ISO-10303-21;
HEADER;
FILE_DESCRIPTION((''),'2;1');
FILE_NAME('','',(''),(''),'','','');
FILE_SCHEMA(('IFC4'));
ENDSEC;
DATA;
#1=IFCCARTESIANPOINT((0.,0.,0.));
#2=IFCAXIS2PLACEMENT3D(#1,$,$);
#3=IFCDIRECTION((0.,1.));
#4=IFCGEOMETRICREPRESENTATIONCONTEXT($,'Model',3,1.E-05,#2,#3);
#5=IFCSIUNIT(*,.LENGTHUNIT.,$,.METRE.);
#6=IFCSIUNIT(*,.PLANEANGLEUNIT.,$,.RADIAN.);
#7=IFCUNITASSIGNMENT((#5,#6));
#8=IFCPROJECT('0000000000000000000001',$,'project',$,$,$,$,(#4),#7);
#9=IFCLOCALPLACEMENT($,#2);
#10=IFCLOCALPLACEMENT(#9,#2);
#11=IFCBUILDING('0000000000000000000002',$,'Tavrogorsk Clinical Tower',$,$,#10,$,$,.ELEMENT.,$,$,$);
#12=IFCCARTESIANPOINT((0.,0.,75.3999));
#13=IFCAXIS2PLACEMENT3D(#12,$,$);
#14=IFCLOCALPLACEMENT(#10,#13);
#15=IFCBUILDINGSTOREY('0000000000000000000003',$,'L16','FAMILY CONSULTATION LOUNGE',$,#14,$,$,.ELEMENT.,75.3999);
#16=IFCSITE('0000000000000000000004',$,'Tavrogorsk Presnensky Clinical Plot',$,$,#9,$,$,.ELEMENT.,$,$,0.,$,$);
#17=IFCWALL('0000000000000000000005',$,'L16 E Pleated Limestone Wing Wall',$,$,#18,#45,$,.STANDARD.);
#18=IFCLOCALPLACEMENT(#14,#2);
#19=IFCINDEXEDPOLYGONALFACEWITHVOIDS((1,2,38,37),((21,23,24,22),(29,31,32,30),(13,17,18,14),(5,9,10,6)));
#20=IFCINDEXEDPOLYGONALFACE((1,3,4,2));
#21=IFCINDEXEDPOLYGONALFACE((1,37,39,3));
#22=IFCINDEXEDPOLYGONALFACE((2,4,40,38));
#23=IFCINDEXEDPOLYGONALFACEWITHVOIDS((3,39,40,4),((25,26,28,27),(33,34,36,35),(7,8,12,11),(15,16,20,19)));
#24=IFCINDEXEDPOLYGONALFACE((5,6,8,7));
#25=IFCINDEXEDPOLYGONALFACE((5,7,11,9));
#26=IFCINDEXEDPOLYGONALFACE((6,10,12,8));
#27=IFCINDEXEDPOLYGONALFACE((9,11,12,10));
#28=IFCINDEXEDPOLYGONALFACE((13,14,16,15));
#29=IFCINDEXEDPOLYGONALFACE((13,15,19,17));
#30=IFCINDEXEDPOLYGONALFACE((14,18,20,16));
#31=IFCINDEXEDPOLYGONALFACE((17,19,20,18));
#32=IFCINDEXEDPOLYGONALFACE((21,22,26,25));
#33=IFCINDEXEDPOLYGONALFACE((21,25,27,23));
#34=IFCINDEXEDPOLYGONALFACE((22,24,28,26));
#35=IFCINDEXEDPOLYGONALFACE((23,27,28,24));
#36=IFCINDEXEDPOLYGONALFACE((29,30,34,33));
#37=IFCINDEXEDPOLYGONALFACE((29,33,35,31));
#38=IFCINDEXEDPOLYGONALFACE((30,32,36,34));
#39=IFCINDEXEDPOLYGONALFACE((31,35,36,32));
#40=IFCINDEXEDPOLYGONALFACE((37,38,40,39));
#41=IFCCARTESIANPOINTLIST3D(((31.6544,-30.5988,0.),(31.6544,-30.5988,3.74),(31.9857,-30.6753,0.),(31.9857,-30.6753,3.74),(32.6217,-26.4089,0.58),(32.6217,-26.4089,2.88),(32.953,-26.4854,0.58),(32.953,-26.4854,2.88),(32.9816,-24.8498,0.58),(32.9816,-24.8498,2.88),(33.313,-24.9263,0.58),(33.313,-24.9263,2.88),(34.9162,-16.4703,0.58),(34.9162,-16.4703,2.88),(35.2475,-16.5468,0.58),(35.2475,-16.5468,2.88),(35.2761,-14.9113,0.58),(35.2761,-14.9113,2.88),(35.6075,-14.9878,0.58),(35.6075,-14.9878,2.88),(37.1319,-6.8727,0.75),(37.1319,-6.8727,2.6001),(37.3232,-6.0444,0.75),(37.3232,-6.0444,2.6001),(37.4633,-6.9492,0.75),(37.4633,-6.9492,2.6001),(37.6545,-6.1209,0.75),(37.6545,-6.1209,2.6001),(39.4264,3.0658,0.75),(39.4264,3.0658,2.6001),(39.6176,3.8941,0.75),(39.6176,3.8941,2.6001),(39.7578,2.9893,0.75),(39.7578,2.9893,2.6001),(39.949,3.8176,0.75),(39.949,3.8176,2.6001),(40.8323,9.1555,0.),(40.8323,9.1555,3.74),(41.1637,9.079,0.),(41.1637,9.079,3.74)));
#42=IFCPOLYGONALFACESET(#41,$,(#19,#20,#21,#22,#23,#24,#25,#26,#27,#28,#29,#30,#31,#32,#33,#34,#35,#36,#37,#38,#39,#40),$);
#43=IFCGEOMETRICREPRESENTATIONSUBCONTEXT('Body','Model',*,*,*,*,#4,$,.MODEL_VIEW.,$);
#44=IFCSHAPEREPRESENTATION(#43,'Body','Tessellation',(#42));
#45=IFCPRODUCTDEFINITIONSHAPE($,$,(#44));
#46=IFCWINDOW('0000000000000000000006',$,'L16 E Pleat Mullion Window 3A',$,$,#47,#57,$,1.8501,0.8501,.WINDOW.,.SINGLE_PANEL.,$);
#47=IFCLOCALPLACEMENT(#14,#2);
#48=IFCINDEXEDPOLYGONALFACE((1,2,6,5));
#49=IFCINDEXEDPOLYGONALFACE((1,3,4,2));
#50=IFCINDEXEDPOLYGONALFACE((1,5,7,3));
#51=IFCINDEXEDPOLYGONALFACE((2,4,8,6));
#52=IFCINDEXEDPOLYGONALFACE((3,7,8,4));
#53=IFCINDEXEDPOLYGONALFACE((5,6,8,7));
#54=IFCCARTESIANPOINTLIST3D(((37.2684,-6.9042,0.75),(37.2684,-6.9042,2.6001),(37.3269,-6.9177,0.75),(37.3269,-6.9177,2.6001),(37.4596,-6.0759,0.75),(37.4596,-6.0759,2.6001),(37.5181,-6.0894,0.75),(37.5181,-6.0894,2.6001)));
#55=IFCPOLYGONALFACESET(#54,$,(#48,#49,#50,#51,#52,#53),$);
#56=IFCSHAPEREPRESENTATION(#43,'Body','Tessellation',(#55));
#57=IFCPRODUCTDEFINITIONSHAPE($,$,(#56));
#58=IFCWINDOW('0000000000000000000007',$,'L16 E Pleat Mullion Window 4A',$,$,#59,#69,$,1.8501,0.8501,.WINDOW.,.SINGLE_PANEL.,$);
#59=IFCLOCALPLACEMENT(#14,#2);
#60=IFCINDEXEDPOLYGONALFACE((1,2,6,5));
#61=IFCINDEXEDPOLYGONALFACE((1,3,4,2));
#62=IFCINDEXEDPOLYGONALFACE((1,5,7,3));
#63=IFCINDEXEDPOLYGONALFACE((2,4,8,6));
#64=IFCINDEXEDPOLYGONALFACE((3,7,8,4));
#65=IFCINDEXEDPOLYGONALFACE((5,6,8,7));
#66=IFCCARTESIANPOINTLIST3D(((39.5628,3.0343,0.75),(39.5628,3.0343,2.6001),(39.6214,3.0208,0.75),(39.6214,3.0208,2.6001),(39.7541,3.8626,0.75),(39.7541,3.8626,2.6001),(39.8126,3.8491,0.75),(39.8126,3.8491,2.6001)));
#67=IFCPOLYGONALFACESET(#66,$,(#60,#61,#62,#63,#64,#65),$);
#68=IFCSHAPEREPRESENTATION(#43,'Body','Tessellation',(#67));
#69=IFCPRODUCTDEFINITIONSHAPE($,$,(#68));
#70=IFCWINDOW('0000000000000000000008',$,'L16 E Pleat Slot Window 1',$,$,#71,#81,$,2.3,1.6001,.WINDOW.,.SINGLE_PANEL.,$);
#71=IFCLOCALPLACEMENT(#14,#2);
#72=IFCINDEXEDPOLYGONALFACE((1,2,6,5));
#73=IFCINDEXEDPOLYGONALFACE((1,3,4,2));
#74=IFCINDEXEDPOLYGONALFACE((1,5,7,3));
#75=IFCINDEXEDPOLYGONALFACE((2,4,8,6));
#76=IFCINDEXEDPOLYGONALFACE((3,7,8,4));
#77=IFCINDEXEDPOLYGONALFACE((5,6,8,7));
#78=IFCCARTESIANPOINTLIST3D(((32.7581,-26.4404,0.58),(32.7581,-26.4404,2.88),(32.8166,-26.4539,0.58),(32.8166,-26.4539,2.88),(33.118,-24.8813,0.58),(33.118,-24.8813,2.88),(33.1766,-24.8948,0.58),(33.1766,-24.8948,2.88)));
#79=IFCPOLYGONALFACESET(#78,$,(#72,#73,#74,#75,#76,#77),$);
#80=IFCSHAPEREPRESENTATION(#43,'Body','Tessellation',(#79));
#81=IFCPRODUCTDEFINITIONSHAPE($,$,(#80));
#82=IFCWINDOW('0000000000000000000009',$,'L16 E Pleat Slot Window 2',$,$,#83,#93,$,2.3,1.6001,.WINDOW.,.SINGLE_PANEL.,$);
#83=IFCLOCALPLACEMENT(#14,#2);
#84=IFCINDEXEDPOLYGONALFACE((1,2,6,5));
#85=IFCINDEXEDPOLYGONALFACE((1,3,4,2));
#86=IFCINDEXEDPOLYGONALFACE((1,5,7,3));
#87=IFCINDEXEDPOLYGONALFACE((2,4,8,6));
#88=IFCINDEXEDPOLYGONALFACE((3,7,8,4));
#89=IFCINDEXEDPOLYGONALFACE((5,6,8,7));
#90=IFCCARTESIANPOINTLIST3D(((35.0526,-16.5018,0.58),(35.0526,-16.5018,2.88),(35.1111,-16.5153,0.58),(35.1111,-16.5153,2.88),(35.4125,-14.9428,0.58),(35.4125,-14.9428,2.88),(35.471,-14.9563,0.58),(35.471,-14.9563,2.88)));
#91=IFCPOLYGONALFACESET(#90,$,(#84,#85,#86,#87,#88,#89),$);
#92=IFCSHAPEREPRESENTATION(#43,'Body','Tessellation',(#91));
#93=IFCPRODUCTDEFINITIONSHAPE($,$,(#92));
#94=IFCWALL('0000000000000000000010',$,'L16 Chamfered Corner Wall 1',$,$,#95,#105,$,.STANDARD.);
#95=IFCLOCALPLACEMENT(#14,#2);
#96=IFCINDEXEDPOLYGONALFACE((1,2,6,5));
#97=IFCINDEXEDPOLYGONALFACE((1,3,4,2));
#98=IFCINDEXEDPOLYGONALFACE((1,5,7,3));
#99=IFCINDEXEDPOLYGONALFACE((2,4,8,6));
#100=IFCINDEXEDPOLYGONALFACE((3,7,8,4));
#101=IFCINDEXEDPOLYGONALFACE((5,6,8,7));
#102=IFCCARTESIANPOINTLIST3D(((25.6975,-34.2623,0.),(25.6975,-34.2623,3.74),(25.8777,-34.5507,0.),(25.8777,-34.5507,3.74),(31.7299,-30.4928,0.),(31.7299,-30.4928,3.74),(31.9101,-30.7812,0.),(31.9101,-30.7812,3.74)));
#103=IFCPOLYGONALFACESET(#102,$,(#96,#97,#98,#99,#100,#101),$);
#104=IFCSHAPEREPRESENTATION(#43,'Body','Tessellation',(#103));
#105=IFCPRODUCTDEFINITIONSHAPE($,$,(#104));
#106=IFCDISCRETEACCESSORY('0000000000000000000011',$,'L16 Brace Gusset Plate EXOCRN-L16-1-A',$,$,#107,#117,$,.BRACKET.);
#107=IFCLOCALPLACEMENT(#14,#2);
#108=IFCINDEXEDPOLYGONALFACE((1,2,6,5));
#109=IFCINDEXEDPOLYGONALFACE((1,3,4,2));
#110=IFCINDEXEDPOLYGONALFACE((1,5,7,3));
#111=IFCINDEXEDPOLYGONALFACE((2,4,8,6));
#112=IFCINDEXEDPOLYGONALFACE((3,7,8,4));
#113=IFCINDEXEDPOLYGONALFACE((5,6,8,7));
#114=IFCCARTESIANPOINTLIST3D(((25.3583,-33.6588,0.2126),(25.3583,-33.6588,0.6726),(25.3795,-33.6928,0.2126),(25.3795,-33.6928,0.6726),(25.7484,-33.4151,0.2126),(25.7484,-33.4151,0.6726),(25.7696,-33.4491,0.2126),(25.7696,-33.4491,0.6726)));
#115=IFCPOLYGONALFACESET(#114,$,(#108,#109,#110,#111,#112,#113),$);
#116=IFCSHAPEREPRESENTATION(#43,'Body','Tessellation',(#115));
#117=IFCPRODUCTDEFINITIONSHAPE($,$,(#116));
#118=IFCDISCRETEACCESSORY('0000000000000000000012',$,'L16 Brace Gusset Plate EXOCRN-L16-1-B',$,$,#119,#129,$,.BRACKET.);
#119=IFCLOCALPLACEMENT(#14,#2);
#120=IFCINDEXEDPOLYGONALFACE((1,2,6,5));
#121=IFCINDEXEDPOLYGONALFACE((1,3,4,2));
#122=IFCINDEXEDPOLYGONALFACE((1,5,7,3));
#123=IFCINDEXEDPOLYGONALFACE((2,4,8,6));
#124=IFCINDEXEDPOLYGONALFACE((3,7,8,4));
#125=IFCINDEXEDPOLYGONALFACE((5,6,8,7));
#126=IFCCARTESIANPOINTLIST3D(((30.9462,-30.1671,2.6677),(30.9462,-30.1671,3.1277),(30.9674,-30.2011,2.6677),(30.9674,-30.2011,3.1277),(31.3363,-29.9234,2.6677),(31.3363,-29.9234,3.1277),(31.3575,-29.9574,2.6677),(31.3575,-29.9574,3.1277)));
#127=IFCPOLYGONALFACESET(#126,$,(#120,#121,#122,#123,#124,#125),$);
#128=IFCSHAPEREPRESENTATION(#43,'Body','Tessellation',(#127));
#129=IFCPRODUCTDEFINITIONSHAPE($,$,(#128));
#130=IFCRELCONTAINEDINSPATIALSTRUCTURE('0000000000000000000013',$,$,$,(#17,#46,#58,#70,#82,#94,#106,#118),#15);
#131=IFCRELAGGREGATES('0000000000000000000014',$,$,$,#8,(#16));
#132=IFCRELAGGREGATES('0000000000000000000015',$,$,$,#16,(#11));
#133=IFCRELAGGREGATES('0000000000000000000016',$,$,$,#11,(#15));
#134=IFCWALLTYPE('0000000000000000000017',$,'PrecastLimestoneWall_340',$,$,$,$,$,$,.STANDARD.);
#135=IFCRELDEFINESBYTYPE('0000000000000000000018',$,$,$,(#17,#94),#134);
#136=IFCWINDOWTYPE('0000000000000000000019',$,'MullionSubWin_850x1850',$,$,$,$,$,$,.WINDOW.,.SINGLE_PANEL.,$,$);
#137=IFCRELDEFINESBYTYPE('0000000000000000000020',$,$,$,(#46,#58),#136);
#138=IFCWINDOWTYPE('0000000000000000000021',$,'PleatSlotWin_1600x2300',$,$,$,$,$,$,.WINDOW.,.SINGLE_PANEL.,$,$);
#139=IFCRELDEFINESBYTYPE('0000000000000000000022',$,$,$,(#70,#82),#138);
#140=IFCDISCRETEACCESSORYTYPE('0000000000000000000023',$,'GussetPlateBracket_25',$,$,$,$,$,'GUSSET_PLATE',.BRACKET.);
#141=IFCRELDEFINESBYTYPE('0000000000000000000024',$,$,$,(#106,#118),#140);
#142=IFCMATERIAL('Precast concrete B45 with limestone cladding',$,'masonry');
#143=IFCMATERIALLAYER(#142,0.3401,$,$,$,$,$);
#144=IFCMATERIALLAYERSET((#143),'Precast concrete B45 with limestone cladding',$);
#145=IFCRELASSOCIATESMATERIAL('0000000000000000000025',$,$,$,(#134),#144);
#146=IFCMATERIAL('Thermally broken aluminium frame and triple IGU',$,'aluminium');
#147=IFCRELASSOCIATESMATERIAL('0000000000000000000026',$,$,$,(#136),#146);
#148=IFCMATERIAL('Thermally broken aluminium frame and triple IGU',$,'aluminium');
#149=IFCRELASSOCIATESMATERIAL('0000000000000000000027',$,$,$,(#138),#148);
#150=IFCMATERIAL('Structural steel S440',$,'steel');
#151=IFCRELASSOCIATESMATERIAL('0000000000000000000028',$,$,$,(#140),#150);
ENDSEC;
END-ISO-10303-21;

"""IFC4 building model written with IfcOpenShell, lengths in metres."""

from ifc_helpers import new_model, si_unit, direction, frame, frame_2d, origin, origin_2d, place, context, subcontext, project, spatial, rectangle, extrude, material, layer, layer_set, type_object, element, fill, save


model = new_model("IFC4")

# Units and contexts
model_context = context("Model", 3, precision=1e-05, world=origin(), true_north=direction((0.0, 1.0)))
body_context = subcontext(model_context, "Body", "Model", "MODEL_VIEW")
ifc_project = project(units=[si_unit("LENGTHUNIT", "METRE"), si_unit("PLANEANGLEUNIT", "RADIAN")], contexts=[model_context])

# Site, building, storey
site_placement = place(None, origin())
site = spatial("IfcSite", under=ifc_project, at=site_placement, Name="Tavrogorsk Presnensky Clinical Plot", CompositionType="ELEMENT", RefElevation=0.0)
building_placement = place(site_placement, origin())
building = spatial("IfcBuilding", under=site, at=building_placement, Name="Tavrogorsk Clinical Tower", CompositionType="ELEMENT")
storey_placement = place(building_placement, frame((0.0, 0.0, 75.3999)))
storey = spatial("IfcBuildingStorey", under=building, at=storey_placement, Name="L16", Description="FAMILY CONSULTATION LOUNGE", CompositionType="ELEMENT", Elevation=75.3999)

# Wall, openings, windows
ifc_material_1 = material(Name="Precast concrete B45 with limestone cladding", Category="masonry")
ifc_layer_1 = layer(ifc_material_1, 0.3401)
ifc_layer_set_1 = layer_set([ifc_layer_1], Name="Precast concrete B45 with limestone cladding")
wall_type_1 = type_object("IfcWallType", Name="PrecastLimestoneWall_340", PredefinedType="STANDARD", material=ifc_layer_set_1)
wall_1_placement = place(storey_placement, frame((31.8201, -30.637, 0.0), z_axis=(0.0, 0.0, 1.0), x_axis=(0.22495, 0.97437, 0.0)))
wall_1 = element("IfcWall", 1, at=wall_1_placement, inside=storey, type_object=wall_type_1, Name="L16 E Pleated Limestone Wing Wall", PredefinedType="STANDARD", context=body_context, shape_type="SweptSolid", body=[
    extrude(rectangle(XDim=40.8, YDim=0.3401, at=frame_2d((20.3999, 0.0))), origin(), (0.0, 0.0, 1.0), 3.74),
])
opening_1_placement = place(wall_1_placement, frame((4.3, 0.0, 0.5801)))
opening_1 = element("IfcOpeningElement", 2, at=opening_1_placement, cuts=wall_1, PredefinedType="OPENING", context=body_context, shape_type="SweptSolid", body=[
    extrude(rectangle(XDim=1.6001, YDim=2.3, at=frame_2d((0.8, 1.1499))), frame((0.0, 0.1799, 0.0), z_axis=(0.0, -1.0, 0.0), x_axis=(1.0, 0.0, 0.0)), (0.0, 0.0, 1.0), 0.3601),
])
opening_2_placement = place(wall_1_placement, frame((14.5, 0.0, 0.5801)))
opening_2 = element("IfcOpeningElement", 3, at=opening_2_placement, cuts=wall_1, PredefinedType="OPENING", context=body_context, shape_type="SweptSolid", body=[
    extrude(rectangle(XDim=1.6001, YDim=2.3, at=frame_2d((0.8, 1.1499))), frame((0.0, 0.1799, 0.0), z_axis=(0.0, -1.0, 0.0), x_axis=(1.0, 0.0, 0.0)), (0.0, 0.0, 1.0), 0.3601),
])
opening_3_placement = place(wall_1_placement, frame((24.3501, 0.0, 0.75)))
opening_3 = element("IfcOpeningElement", 4, at=opening_3_placement, cuts=wall_1, PredefinedType="OPENING", context=body_context, shape_type="SweptSolid", body=[
    extrude(rectangle(XDim=0.8501, YDim=1.8501, at=frame_2d((0.425, 0.925))), frame((0.0, 0.1799, 0.0), z_axis=(0.0, -1.0, 0.0), x_axis=(1.0, 0.0, 0.0)), (0.0, 0.0, 1.0), 0.3601),
])
opening_4_placement = place(wall_1_placement, frame((34.55, 0.0, 0.75)))
opening_4 = element("IfcOpeningElement", 5, at=opening_4_placement, cuts=wall_1, PredefinedType="OPENING", context=body_context, shape_type="SweptSolid", body=[
    extrude(rectangle(XDim=0.8501, YDim=1.8501, at=frame_2d((0.425, 0.925))), frame((0.0, 0.1799, 0.0), z_axis=(0.0, -1.0, 0.0), x_axis=(1.0, 0.0, 0.0)), (0.0, 0.0, 1.0), 0.3601),
])
ifc_material_2 = material(Name="Thermally broken aluminium frame and triple IGU", Category="aluminium")
window_type_1 = type_object("IfcWindowType", Name="MullionSubWin_850x1850", PartitioningType="SINGLE_PANEL", PredefinedType="WINDOW", material=ifc_material_2)
window_1_placement = place(opening_3_placement, origin())
window_1 = element("IfcWindow", 6, at=window_1_placement, inside=storey, type_object=window_type_1, Name="L16 E Pleat Mullion Window 3A", OverallHeight=1.8501, OverallWidth=0.8501, PartitioningType="SINGLE_PANEL", PredefinedType="WINDOW", context=body_context, shape_type="SweptSolid", body=[
    extrude(rectangle(XDim=0.8501, YDim=1.8501, at=frame_2d((0.425, 0.925))), frame((0.0, 0.03, 0.0), z_axis=(0.0, -1.0, 0.0), x_axis=(1.0, 0.0, 0.0)), (0.0, 0.0, 1.0), 0.0601),
])
fill(opening_3, window_1)
window_2_placement = place(opening_4_placement, origin())
window_2 = element("IfcWindow", 7, at=window_2_placement, inside=storey, type_object=window_type_1, Name="L16 E Pleat Mullion Window 4A", OverallHeight=1.8501, OverallWidth=0.8501, PartitioningType="SINGLE_PANEL", PredefinedType="WINDOW", context=body_context, shape_type="SweptSolid", body=[
    extrude(rectangle(XDim=0.8501, YDim=1.8501, at=frame_2d((0.425, 0.925))), frame((0.0, 0.03, 0.0), z_axis=(0.0, -1.0, 0.0), x_axis=(1.0, 0.0, 0.0)), (0.0, 0.0, 1.0), 0.0601),
])
fill(opening_4, window_2)
ifc_material_3 = material(Name="Thermally broken aluminium frame and triple IGU", Category="aluminium")
window_type_2 = type_object("IfcWindowType", Name="PleatSlotWin_1600x2300", PartitioningType="SINGLE_PANEL", PredefinedType="WINDOW", material=ifc_material_3)
window_3_placement = place(opening_1_placement, origin())
window_3 = element("IfcWindow", 8, at=window_3_placement, inside=storey, type_object=window_type_2, Name="L16 E Pleat Slot Window 1", OverallHeight=2.3, OverallWidth=1.6001, PartitioningType="SINGLE_PANEL", PredefinedType="WINDOW", context=body_context, shape_type="SweptSolid", body=[
    extrude(rectangle(XDim=1.6001, YDim=2.3, at=frame_2d((0.8, 1.1499))), frame((0.0, 0.03, 0.0), z_axis=(0.0, -1.0, 0.0), x_axis=(1.0, 0.0, 0.0)), (0.0, 0.0, 1.0), 0.0601),
])
fill(opening_1, window_3)
window_4_placement = place(opening_2_placement, origin())
window_4 = element("IfcWindow", 9, at=window_4_placement, inside=storey, type_object=window_type_2, Name="L16 E Pleat Slot Window 2", OverallHeight=2.3, OverallWidth=1.6001, PartitioningType="SINGLE_PANEL", PredefinedType="WINDOW", context=body_context, shape_type="SweptSolid", body=[
    extrude(rectangle(XDim=1.6001, YDim=2.3, at=frame_2d((0.8, 1.1499))), frame((0.0, 0.03, 0.0), z_axis=(0.0, -1.0, 0.0), x_axis=(1.0, 0.0, 0.0)), (0.0, 0.0, 1.0), 0.0601),
])
fill(opening_2, window_4)

# Wall
wall_2_placement = place(storey_placement, frame((25.7876, -34.4065, 0.0), z_axis=(0.0, 0.0, 1.0), x_axis=(0.848047, 0.529922, 0.0)))
element("IfcWall", 10, at=wall_2_placement, inside=storey, type_object=wall_type_1, Name="L16 Chamfered Corner Wall 1", PredefinedType="STANDARD", context=body_context, shape_type="SweptSolid", body=[
    extrude(rectangle(XDim=7.1133, YDim=0.3401, at=frame_2d((3.5566, 0.0))), origin(), (0.0, 0.0, 1.0), 3.74),
])

# Discrete accessories
ifc_material_4 = material(Name="Structural steel S440", Category="steel")
discrete_accessory_type = type_object("IfcDiscreteAccessoryType", Name="GussetPlateBracket_25", ElementType="GUSSET_PLATE", PredefinedType="BRACKET", material=ifc_material_4)
for number, where, z_axis, x_axis, name in (
    (11, (25.564, -33.554, 0.2126), (0.0, 0.0, 1.0), (0.848048, 0.529919, 0.0), "L16 Brace Gusset Plate EXOCRN-L16-1-A"),
    (12, (31.1519, -30.0623, 2.6677), (0.0, 0.0, 1.0), (0.848048, 0.529919, 0.0), "L16 Brace Gusset Plate EXOCRN-L16-1-B"),
):
    element("IfcDiscreteAccessory", number, at=place(storey_placement, frame(where, z_axis=z_axis, x_axis=x_axis)), inside=storey, type_object=discrete_accessory_type, Name=name, PredefinedType="BRACKET", context=body_context, shape_type="SweptSolid", body=[
        extrude(rectangle(XDim=0.46, YDim=0.04, at=origin_2d()), origin(), (0.0, 0.0, 1.0), 0.46),
    ])

save(model, "model.ifc")
